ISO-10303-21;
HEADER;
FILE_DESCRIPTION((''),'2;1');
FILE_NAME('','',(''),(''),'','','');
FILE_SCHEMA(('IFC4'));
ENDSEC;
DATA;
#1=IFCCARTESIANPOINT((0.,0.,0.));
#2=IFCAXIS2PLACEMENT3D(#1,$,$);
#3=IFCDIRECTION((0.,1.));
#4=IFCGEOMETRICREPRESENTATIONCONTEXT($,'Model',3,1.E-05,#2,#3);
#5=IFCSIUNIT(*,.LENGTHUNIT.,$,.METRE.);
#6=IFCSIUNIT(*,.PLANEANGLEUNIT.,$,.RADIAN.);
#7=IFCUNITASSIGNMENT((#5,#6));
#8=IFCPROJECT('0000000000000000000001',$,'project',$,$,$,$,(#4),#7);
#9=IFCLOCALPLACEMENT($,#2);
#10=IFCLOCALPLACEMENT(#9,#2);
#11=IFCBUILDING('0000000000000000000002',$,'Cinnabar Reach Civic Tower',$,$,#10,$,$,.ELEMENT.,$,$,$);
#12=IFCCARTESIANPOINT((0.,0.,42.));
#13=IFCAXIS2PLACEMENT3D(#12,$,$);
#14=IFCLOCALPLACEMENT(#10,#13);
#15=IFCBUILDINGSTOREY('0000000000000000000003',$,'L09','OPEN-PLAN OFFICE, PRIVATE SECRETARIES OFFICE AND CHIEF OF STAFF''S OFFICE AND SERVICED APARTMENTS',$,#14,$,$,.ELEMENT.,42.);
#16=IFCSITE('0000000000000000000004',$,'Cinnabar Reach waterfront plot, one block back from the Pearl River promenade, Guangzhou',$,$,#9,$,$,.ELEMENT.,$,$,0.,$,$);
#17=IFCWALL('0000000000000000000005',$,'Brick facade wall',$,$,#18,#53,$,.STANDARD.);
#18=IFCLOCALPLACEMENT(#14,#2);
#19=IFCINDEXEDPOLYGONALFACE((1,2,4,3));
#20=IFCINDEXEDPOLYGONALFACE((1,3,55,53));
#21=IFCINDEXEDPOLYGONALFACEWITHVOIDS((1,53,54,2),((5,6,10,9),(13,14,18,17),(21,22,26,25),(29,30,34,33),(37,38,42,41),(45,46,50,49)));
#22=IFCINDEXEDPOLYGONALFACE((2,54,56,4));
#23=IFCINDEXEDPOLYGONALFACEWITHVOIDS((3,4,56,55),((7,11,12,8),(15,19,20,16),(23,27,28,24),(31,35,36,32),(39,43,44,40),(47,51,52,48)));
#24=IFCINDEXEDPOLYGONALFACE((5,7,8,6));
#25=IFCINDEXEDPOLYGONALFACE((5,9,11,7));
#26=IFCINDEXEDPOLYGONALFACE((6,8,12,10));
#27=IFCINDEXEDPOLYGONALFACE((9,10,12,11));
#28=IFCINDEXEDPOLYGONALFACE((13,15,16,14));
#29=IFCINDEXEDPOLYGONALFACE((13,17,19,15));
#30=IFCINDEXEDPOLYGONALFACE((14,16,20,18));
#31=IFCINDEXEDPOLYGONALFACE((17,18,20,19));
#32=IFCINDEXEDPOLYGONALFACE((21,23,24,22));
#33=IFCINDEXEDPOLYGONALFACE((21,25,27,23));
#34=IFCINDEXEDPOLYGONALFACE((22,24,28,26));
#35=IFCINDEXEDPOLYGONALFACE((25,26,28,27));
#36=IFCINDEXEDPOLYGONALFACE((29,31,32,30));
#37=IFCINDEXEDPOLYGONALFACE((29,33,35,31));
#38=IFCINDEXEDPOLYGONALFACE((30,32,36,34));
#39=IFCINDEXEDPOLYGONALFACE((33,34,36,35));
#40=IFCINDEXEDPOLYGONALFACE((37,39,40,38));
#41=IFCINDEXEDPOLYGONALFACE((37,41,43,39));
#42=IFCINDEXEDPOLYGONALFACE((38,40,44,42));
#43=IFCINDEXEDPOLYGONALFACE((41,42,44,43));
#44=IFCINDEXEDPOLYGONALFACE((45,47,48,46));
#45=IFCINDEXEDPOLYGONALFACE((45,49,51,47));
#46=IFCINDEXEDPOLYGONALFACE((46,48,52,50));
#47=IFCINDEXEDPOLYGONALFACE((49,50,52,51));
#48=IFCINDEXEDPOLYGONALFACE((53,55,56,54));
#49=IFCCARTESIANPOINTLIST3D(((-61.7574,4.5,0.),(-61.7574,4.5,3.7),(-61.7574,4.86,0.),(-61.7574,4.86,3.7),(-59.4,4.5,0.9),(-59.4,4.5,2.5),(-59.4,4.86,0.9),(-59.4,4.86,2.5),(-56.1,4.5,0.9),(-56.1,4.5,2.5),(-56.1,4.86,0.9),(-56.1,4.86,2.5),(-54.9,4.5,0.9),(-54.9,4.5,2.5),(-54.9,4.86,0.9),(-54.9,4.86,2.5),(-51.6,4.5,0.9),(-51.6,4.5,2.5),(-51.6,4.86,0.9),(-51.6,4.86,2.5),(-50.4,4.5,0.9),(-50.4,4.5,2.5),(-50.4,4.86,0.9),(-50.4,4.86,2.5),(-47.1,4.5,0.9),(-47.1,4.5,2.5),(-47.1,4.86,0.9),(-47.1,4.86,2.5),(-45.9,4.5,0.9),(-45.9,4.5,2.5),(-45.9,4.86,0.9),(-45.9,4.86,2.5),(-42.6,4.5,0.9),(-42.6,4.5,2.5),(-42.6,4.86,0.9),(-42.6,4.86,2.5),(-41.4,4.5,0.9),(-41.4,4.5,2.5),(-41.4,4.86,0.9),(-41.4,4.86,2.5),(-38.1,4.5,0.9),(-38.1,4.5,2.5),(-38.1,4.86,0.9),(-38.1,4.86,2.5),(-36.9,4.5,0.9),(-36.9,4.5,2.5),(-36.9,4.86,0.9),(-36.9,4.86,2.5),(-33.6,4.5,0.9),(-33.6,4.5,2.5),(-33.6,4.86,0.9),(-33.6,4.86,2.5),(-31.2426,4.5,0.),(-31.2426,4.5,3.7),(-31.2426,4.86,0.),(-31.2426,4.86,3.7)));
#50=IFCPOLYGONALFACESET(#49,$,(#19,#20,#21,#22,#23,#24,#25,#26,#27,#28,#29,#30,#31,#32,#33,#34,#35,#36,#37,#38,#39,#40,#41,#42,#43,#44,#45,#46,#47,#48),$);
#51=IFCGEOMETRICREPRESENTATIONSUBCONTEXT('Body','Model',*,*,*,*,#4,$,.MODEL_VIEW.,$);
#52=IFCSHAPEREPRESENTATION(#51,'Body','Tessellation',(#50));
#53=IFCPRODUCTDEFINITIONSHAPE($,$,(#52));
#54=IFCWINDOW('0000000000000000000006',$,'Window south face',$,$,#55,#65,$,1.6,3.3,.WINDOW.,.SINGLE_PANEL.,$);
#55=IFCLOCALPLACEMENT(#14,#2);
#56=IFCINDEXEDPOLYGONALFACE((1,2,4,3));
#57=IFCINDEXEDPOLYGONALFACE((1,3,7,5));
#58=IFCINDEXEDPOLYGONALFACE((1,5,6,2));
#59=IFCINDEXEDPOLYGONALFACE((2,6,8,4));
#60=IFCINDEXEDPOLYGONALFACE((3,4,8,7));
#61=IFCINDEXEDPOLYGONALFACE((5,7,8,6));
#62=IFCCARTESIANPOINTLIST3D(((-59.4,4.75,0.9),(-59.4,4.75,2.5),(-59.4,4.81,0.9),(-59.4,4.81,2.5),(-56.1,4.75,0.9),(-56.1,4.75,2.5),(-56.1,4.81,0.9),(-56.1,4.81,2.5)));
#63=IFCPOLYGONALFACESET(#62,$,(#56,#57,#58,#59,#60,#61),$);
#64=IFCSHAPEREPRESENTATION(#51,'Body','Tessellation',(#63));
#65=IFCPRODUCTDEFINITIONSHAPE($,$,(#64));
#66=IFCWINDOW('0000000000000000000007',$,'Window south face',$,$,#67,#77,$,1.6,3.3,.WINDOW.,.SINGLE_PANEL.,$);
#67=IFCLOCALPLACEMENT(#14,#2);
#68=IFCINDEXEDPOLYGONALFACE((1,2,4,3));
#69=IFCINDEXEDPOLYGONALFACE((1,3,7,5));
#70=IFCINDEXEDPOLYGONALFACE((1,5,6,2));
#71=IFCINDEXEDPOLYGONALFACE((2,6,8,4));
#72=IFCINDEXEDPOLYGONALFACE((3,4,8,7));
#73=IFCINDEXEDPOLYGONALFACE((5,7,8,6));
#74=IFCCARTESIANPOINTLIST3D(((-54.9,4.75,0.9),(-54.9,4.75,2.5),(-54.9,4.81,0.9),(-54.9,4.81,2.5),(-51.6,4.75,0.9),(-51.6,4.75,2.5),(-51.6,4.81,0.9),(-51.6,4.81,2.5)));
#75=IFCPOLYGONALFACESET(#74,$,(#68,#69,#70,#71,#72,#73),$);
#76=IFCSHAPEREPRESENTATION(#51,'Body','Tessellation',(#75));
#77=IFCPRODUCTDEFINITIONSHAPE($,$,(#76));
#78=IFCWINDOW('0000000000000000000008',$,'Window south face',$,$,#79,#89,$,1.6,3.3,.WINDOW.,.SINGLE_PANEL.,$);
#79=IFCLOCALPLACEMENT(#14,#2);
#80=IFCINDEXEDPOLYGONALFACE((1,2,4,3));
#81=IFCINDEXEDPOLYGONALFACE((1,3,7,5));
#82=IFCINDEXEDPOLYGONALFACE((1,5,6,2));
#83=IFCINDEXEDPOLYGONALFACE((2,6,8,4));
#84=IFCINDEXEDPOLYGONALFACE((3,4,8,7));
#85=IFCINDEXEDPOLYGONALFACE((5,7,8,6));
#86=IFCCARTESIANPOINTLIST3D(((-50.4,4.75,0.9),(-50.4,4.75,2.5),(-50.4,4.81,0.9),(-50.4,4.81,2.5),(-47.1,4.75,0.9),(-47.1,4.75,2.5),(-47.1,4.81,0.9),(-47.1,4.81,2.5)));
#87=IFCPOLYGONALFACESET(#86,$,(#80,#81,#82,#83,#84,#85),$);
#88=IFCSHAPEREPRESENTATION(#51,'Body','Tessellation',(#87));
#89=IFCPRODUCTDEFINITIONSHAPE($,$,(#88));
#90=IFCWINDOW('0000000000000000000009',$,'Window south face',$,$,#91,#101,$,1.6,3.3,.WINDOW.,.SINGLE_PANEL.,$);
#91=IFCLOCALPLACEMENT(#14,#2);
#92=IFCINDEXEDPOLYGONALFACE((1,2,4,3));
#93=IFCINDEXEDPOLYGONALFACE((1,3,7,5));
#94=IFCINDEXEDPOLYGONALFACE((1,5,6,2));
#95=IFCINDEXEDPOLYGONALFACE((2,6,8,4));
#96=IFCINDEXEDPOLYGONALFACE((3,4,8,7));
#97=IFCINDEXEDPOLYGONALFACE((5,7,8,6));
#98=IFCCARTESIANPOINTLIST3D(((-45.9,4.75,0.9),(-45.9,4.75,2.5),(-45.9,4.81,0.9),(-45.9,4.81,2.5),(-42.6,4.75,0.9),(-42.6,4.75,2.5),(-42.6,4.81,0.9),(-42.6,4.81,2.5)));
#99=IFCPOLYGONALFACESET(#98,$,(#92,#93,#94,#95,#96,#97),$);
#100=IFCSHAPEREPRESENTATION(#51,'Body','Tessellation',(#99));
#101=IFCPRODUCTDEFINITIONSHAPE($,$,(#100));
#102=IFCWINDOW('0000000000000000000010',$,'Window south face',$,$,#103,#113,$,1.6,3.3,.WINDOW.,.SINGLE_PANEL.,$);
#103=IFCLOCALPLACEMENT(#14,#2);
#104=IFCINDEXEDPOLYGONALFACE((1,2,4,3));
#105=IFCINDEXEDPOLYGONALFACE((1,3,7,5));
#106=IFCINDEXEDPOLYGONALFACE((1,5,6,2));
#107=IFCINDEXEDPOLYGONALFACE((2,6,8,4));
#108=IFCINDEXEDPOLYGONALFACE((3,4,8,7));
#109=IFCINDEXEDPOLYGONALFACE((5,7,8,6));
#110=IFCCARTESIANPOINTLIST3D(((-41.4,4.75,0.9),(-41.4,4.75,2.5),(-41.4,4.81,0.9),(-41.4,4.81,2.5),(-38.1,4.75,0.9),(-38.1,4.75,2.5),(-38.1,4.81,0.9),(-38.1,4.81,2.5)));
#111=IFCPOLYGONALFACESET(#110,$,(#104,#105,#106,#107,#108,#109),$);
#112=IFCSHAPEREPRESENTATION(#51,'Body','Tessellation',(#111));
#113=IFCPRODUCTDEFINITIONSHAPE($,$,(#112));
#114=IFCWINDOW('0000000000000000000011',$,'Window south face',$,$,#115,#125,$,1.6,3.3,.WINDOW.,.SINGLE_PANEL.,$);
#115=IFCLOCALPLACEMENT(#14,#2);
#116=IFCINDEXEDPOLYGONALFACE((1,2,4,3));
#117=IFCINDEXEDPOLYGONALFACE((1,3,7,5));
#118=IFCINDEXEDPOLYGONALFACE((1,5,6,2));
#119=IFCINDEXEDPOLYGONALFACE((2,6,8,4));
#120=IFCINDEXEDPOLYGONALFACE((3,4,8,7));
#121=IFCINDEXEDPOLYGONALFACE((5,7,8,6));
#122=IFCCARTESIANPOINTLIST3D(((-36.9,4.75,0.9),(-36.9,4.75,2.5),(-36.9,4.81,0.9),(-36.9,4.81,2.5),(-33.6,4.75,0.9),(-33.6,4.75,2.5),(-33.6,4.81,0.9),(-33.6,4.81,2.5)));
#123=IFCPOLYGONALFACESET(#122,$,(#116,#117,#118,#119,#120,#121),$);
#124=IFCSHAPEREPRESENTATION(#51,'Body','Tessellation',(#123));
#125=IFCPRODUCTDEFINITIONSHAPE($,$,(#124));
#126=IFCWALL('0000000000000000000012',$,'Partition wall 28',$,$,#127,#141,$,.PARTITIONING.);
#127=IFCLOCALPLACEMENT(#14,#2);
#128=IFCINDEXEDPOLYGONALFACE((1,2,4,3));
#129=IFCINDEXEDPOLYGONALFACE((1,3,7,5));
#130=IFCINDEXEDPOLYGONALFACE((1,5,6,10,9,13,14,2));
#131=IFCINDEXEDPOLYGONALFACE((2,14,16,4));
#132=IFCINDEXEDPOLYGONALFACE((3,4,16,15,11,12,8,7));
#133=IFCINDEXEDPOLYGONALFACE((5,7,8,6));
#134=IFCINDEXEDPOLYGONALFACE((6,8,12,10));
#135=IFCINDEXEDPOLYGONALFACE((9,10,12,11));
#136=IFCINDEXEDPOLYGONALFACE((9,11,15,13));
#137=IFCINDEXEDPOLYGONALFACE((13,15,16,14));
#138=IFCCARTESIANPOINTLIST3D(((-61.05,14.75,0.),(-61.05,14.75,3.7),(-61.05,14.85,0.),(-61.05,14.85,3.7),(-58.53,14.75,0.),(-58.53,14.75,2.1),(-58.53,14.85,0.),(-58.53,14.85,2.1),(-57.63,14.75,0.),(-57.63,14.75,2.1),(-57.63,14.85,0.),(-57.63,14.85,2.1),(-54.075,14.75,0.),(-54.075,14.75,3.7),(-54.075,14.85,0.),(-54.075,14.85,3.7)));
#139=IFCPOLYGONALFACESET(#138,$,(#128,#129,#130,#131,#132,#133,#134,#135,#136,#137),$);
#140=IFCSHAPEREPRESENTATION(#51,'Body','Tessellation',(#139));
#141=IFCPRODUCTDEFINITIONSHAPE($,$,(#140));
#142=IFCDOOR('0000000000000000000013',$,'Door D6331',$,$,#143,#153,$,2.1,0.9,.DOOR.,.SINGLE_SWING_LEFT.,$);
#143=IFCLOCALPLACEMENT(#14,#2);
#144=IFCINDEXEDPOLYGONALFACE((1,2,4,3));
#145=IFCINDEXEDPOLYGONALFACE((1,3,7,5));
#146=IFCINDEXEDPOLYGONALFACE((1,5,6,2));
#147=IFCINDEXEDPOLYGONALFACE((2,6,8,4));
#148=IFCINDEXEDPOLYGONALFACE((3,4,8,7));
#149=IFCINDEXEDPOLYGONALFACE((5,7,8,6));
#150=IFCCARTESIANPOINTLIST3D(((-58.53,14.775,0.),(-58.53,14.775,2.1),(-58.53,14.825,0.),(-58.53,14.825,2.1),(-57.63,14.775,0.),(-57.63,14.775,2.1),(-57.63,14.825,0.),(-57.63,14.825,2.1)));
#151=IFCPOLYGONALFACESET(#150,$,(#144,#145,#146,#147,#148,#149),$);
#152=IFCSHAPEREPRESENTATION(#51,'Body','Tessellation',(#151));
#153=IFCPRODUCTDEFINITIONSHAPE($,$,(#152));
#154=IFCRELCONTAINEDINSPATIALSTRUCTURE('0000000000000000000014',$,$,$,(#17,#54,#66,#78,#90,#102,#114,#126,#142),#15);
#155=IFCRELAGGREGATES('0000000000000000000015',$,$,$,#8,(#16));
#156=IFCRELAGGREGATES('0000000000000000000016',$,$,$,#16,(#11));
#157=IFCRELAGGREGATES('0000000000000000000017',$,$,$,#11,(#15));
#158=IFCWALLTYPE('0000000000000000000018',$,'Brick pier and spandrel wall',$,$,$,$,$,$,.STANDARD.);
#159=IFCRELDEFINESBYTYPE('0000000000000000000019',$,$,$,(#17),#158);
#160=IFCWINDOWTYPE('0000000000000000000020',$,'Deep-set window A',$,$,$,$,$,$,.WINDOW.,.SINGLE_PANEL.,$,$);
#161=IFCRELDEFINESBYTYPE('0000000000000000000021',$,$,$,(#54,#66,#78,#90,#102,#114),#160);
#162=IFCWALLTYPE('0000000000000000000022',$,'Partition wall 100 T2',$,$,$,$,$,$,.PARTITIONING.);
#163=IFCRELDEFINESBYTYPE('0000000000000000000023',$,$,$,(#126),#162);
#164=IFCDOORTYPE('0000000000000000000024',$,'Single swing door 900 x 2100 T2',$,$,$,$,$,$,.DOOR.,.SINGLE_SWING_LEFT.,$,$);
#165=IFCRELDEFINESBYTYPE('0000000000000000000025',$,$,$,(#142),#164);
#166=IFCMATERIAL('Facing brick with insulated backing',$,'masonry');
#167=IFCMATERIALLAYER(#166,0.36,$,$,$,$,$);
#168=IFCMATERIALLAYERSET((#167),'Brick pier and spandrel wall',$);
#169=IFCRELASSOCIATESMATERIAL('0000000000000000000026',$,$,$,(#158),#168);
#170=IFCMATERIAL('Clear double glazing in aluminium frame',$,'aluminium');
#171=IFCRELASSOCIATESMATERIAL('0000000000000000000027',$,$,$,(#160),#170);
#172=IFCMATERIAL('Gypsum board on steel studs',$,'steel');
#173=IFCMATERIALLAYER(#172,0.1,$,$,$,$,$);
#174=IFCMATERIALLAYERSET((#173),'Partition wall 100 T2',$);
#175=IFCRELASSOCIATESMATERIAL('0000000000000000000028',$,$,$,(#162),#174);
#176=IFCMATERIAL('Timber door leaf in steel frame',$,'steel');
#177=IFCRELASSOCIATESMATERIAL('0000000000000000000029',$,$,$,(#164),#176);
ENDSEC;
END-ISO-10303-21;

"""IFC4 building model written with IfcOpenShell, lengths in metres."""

from ifc_helpers import new_model, si_unit, direction, frame, frame_2d, origin, place, context, subcontext, project, spatial, rectangle, extrude, material, layer, layer_set, type_object, element, fill, save


model = new_model("IFC4")

# Units and contexts
model_context = context("Model", 3, precision=1e-05, world=origin(), true_north=direction((0.0, 1.0)))
body_context = subcontext(model_context, "Body", "Model", "MODEL_VIEW")
ifc_project = project(units=[si_unit("LENGTHUNIT", "METRE"), si_unit("PLANEANGLEUNIT", "RADIAN")], contexts=[model_context])

# Site, building, storey
site_placement = place(None, origin())
site = spatial("IfcSite", under=ifc_project, at=site_placement, Name="Cinnabar Reach waterfront plot, one block back from the Pearl River promenade, Guangzhou", CompositionType="ELEMENT", RefElevation=0.0)
building_placement = place(site_placement, origin())
building = spatial("IfcBuilding", under=site, at=building_placement, Name="Cinnabar Reach Civic Tower", CompositionType="ELEMENT")
storey_placement = place(building_placement, frame((0.0, 0.0, 42.0)))
storey = spatial("IfcBuildingStorey", under=building, at=storey_placement, Name="L09", Description="OPEN-PLAN OFFICE, PRIVATE SECRETARIES OFFICE AND CHIEF OF STAFF'S OFFICE AND SERVICED APARTMENTS", CompositionType="ELEMENT", Elevation=42.0)

# Wall, openings, windows
ifc_material_1 = material(Name="Facing brick with insulated backing", Category="masonry")
ifc_layer_1 = layer(ifc_material_1, 0.36)
ifc_layer_set_1 = layer_set([ifc_layer_1], Name="Brick pier and spandrel wall")
wall_type_1 = type_object("IfcWallType", Name="Brick pier and spandrel wall", PredefinedType="STANDARD", material=ifc_layer_set_1)
wall_1_placement = place(storey_placement, frame((-61.7574, 4.68, 0.0), z_axis=(0.0, 0.0, 1.0), x_axis=(1.0, 0.0, 0.0)))
wall_1 = element("IfcWall", 1, at=wall_1_placement, inside=storey, type_object=wall_type_1, Name="Brick facade wall", PredefinedType="STANDARD", context=body_context, shape_type="SweptSolid", body=[
    extrude(rectangle(XDim=30.5148, YDim=0.36, at=frame_2d((15.2574, 0.0))), origin(), (0.0, 0.0, 1.0), 3.7),
])
opening_1_placement = place(wall_1_placement, frame((2.3574, 0.0, 0.9)))
opening_1 = element("IfcOpeningElement", 2, at=opening_1_placement, cuts=wall_1, PredefinedType="OPENING", context=body_context, shape_type="SweptSolid", body=[
    extrude(rectangle(XDim=3.3, YDim=1.6, at=frame_2d((1.65, 0.8))), frame((0.0, 0.19, 0.0), z_axis=(0.0, -1.0, 0.0), x_axis=(1.0, 0.0, 0.0)), (0.0, 0.0, 1.0), 0.38),
])
opening_2_placement = place(wall_1_placement, frame((6.8574, 0.0, 0.9)))
opening_2 = element("IfcOpeningElement", 3, at=opening_2_placement, cuts=wall_1, PredefinedType="OPENING", context=body_context, shape_type="SweptSolid", body=[
    extrude(rectangle(XDim=3.3, YDim=1.6, at=frame_2d((1.65, 0.8))), frame((0.0, 0.19, 0.0), z_axis=(0.0, -1.0, 0.0), x_axis=(1.0, 0.0, 0.0)), (0.0, 0.0, 1.0), 0.38),
])
opening_3_placement = place(wall_1_placement, frame((11.3574, 0.0, 0.9)))
opening_3 = element("IfcOpeningElement", 4, at=opening_3_placement, cuts=wall_1, PredefinedType="OPENING", context=body_context, shape_type="SweptSolid", body=[
    extrude(rectangle(XDim=3.3, YDim=1.6, at=frame_2d((1.65, 0.8))), frame((0.0, 0.19, 0.0), z_axis=(0.0, -1.0, 0.0), x_axis=(1.0, 0.0, 0.0)), (0.0, 0.0, 1.0), 0.38),
])
opening_4_placement = place(wall_1_placement, frame((15.8574, 0.0, 0.9)))
opening_4 = element("IfcOpeningElement", 5, at=opening_4_placement, cuts=wall_1, PredefinedType="OPENING", context=body_context, shape_type="SweptSolid", body=[
    extrude(rectangle(XDim=3.3, YDim=1.6, at=frame_2d((1.65, 0.8))), frame((0.0, 0.19, 0.0), z_axis=(0.0, -1.0, 0.0), x_axis=(1.0, 0.0, 0.0)), (0.0, 0.0, 1.0), 0.38),
])
opening_5_placement = place(wall_1_placement, frame((20.3574, 0.0, 0.9)))
opening_5 = element("IfcOpeningElement", 6, at=opening_5_placement, cuts=wall_1, PredefinedType="OPENING", context=body_context, shape_type="SweptSolid", body=[
    extrude(rectangle(XDim=3.3, YDim=1.6, at=frame_2d((1.65, 0.8))), frame((0.0, 0.19, 0.0), z_axis=(0.0, -1.0, 0.0), x_axis=(1.0, 0.0, 0.0)), (0.0, 0.0, 1.0), 0.38),
])
opening_6_placement = place(wall_1_placement, frame((24.8574, 0.0, 0.9)))
opening_6 = element("IfcOpeningElement", 7, at=opening_6_placement, cuts=wall_1, PredefinedType="OPENING", context=body_context, shape_type="SweptSolid", body=[
    extrude(rectangle(XDim=3.3, YDim=1.6, at=frame_2d((1.65, 0.8))), frame((0.0, 0.19, 0.0), z_axis=(0.0, -1.0, 0.0), x_axis=(1.0, 0.0, 0.0)), (0.0, 0.0, 1.0), 0.38),
])
ifc_material_2 = material(Name="Clear double glazing in aluminium frame", Category="aluminium")
window_type = type_object("IfcWindowType", Name="Deep-set window A", PartitioningType="SINGLE_PANEL", PredefinedType="WINDOW", material=ifc_material_2)
window_1_placement = place(opening_1_placement, origin())
window_1 = element("IfcWindow", 8, at=window_1_placement, inside=storey, type_object=window_type, Name="Window south face", OverallHeight=1.6, OverallWidth=3.3, PartitioningType="SINGLE_PANEL", PredefinedType="WINDOW", context=body_context, shape_type="SweptSolid", body=[
    extrude(rectangle(XDim=3.3, YDim=1.6, at=frame_2d((1.65, 0.8))), frame((0.0, 0.13, 0.0), z_axis=(0.0, -1.0, 0.0), x_axis=(1.0, 0.0, 0.0)), (0.0, 0.0, 1.0), 0.06),
])
fill(opening_1, window_1)
window_2_placement = place(opening_2_placement, origin())
window_2 = element("IfcWindow", 9, at=window_2_placement, inside=storey, type_object=window_type, Name="Window south face", OverallHeight=1.6, OverallWidth=3.3, PartitioningType="SINGLE_PANEL", PredefinedType="WINDOW", context=body_context, shape_type="SweptSolid", body=[
    extrude(rectangle(XDim=3.3, YDim=1.6, at=frame_2d((1.65, 0.8))), frame((0.0, 0.13, 0.0), z_axis=(0.0, -1.0, 0.0), x_axis=(1.0, 0.0, 0.0)), (0.0, 0.0, 1.0), 0.06),
])
fill(opening_2, window_2)
window_3_placement = place(opening_3_placement, origin())
window_3 = element("IfcWindow", 10, at=window_3_placement, inside=storey, type_object=window_type, Name="Window south face", OverallHeight=1.6, OverallWidth=3.3, PartitioningType="SINGLE_PANEL", PredefinedType="WINDOW", context=body_context, shape_type="SweptSolid", body=[
    extrude(rectangle(XDim=3.3, YDim=1.6, at=frame_2d((1.65, 0.8))), frame((0.0, 0.13, 0.0), z_axis=(0.0, -1.0, 0.0), x_axis=(1.0, 0.0, 0.0)), (0.0, 0.0, 1.0), 0.06),
])
fill(opening_3, window_3)
window_4_placement = place(opening_4_placement, origin())
window_4 = element("IfcWindow", 11, at=window_4_placement, inside=storey, type_object=window_type, Name="Window south face", OverallHeight=1.6, OverallWidth=3.3, PartitioningType="SINGLE_PANEL", PredefinedType="WINDOW", context=body_context, shape_type="SweptSolid", body=[
    extrude(rectangle(XDim=3.3, YDim=1.6, at=frame_2d((1.65, 0.8))), frame((0.0, 0.13, 0.0), z_axis=(0.0, -1.0, 0.0), x_axis=(1.0, 0.0, 0.0)), (0.0, 0.0, 1.0), 0.06),
])
fill(opening_4, window_4)
window_5_placement = place(opening_5_placement, origin())
window_5 = element("IfcWindow", 12, at=window_5_placement, inside=storey, type_object=window_type, Name="Window south face", OverallHeight=1.6, OverallWidth=3.3, PartitioningType="SINGLE_PANEL", PredefinedType="WINDOW", context=body_context, shape_type="SweptSolid", body=[
    extrude(rectangle(XDim=3.3, YDim=1.6, at=frame_2d((1.65, 0.8))), frame((0.0, 0.13, 0.0), z_axis=(0.0, -1.0, 0.0), x_axis=(1.0, 0.0, 0.0)), (0.0, 0.0, 1.0), 0.06),
])
fill(opening_5, window_5)
window_6_placement = place(opening_6_placement, origin())
window_6 = element("IfcWindow", 13, at=window_6_placement, inside=storey, type_object=window_type, Name="Window south face", OverallHeight=1.6, OverallWidth=3.3, PartitioningType="SINGLE_PANEL", PredefinedType="WINDOW", context=body_context, shape_type="SweptSolid", body=[
    extrude(rectangle(XDim=3.3, YDim=1.6, at=frame_2d((1.65, 0.8))), frame((0.0, 0.13, 0.0), z_axis=(0.0, -1.0, 0.0), x_axis=(1.0, 0.0, 0.0)), (0.0, 0.0, 1.0), 0.06),
])
fill(opening_6, window_6)

# Wall, opening, door
ifc_material_3 = material(Name="Gypsum board on steel studs", Category="steel")
ifc_layer_2 = layer(ifc_material_3, 0.1)
ifc_layer_set_2 = layer_set([ifc_layer_2], Name="Partition wall 100 T2")
wall_type_2 = type_object("IfcWallType", Name="Partition wall 100 T2", PredefinedType="PARTITIONING", material=ifc_layer_set_2)
wall_2_placement = place(storey_placement, frame((-61.05, 14.8, 0.0), z_axis=(0.0, 0.0, 1.0), x_axis=(1.0, 0.0, 0.0)))
wall_2 = element("IfcWall", 14, at=wall_2_placement, inside=storey, type_object=wall_type_2, Name="Partition wall 28", PredefinedType="PARTITIONING", context=body_context, shape_type="SweptSolid", body=[
    extrude(rectangle(XDim=6.975, YDim=0.1, at=frame_2d((3.4875, 0.0))), origin(), (0.0, 0.0, 1.0), 3.7),
])
opening_7_placement = place(wall_2_placement, frame((2.52, 0.0, 0.0)))
opening_7 = element("IfcOpeningElement", 15, at=opening_7_placement, cuts=wall_2, PredefinedType="OPENING", context=body_context, shape_type="SweptSolid", body=[
    extrude(rectangle(XDim=0.9, YDim=2.1, at=frame_2d((0.45, 1.05))), frame((0.0, 0.06, 0.0), z_axis=(0.0, -1.0, 0.0), x_axis=(1.0, 0.0, 0.0)), (0.0, 0.0, 1.0), 0.12),
])
ifc_material_4 = material(Name="Timber door leaf in steel frame", Category="steel")
door_type = type_object("IfcDoorType", Name="Single swing door 900 x 2100 T2", OperationType="SINGLE_SWING_LEFT", PredefinedType="DOOR", material=ifc_material_4)
door_1_placement = place(opening_7_placement, origin())
door_1 = element("IfcDoor", 16, at=door_1_placement, inside=storey, type_object=door_type, Name="Door D6331", OperationType="SINGLE_SWING_LEFT", OverallHeight=2.1, OverallWidth=0.9, PredefinedType="DOOR", context=body_context, shape_type="SweptSolid", body=[
    extrude(rectangle(XDim=0.9, YDim=2.1, at=frame_2d((0.45, 1.05))), frame((0.0, 0.025, 0.0), z_axis=(0.0, -1.0, 0.0), x_axis=(1.0, 0.0, 0.0)), (0.0, 0.0, 1.0), 0.05),
])
fill(opening_7, door_1)

save(model, "model.ifc")
